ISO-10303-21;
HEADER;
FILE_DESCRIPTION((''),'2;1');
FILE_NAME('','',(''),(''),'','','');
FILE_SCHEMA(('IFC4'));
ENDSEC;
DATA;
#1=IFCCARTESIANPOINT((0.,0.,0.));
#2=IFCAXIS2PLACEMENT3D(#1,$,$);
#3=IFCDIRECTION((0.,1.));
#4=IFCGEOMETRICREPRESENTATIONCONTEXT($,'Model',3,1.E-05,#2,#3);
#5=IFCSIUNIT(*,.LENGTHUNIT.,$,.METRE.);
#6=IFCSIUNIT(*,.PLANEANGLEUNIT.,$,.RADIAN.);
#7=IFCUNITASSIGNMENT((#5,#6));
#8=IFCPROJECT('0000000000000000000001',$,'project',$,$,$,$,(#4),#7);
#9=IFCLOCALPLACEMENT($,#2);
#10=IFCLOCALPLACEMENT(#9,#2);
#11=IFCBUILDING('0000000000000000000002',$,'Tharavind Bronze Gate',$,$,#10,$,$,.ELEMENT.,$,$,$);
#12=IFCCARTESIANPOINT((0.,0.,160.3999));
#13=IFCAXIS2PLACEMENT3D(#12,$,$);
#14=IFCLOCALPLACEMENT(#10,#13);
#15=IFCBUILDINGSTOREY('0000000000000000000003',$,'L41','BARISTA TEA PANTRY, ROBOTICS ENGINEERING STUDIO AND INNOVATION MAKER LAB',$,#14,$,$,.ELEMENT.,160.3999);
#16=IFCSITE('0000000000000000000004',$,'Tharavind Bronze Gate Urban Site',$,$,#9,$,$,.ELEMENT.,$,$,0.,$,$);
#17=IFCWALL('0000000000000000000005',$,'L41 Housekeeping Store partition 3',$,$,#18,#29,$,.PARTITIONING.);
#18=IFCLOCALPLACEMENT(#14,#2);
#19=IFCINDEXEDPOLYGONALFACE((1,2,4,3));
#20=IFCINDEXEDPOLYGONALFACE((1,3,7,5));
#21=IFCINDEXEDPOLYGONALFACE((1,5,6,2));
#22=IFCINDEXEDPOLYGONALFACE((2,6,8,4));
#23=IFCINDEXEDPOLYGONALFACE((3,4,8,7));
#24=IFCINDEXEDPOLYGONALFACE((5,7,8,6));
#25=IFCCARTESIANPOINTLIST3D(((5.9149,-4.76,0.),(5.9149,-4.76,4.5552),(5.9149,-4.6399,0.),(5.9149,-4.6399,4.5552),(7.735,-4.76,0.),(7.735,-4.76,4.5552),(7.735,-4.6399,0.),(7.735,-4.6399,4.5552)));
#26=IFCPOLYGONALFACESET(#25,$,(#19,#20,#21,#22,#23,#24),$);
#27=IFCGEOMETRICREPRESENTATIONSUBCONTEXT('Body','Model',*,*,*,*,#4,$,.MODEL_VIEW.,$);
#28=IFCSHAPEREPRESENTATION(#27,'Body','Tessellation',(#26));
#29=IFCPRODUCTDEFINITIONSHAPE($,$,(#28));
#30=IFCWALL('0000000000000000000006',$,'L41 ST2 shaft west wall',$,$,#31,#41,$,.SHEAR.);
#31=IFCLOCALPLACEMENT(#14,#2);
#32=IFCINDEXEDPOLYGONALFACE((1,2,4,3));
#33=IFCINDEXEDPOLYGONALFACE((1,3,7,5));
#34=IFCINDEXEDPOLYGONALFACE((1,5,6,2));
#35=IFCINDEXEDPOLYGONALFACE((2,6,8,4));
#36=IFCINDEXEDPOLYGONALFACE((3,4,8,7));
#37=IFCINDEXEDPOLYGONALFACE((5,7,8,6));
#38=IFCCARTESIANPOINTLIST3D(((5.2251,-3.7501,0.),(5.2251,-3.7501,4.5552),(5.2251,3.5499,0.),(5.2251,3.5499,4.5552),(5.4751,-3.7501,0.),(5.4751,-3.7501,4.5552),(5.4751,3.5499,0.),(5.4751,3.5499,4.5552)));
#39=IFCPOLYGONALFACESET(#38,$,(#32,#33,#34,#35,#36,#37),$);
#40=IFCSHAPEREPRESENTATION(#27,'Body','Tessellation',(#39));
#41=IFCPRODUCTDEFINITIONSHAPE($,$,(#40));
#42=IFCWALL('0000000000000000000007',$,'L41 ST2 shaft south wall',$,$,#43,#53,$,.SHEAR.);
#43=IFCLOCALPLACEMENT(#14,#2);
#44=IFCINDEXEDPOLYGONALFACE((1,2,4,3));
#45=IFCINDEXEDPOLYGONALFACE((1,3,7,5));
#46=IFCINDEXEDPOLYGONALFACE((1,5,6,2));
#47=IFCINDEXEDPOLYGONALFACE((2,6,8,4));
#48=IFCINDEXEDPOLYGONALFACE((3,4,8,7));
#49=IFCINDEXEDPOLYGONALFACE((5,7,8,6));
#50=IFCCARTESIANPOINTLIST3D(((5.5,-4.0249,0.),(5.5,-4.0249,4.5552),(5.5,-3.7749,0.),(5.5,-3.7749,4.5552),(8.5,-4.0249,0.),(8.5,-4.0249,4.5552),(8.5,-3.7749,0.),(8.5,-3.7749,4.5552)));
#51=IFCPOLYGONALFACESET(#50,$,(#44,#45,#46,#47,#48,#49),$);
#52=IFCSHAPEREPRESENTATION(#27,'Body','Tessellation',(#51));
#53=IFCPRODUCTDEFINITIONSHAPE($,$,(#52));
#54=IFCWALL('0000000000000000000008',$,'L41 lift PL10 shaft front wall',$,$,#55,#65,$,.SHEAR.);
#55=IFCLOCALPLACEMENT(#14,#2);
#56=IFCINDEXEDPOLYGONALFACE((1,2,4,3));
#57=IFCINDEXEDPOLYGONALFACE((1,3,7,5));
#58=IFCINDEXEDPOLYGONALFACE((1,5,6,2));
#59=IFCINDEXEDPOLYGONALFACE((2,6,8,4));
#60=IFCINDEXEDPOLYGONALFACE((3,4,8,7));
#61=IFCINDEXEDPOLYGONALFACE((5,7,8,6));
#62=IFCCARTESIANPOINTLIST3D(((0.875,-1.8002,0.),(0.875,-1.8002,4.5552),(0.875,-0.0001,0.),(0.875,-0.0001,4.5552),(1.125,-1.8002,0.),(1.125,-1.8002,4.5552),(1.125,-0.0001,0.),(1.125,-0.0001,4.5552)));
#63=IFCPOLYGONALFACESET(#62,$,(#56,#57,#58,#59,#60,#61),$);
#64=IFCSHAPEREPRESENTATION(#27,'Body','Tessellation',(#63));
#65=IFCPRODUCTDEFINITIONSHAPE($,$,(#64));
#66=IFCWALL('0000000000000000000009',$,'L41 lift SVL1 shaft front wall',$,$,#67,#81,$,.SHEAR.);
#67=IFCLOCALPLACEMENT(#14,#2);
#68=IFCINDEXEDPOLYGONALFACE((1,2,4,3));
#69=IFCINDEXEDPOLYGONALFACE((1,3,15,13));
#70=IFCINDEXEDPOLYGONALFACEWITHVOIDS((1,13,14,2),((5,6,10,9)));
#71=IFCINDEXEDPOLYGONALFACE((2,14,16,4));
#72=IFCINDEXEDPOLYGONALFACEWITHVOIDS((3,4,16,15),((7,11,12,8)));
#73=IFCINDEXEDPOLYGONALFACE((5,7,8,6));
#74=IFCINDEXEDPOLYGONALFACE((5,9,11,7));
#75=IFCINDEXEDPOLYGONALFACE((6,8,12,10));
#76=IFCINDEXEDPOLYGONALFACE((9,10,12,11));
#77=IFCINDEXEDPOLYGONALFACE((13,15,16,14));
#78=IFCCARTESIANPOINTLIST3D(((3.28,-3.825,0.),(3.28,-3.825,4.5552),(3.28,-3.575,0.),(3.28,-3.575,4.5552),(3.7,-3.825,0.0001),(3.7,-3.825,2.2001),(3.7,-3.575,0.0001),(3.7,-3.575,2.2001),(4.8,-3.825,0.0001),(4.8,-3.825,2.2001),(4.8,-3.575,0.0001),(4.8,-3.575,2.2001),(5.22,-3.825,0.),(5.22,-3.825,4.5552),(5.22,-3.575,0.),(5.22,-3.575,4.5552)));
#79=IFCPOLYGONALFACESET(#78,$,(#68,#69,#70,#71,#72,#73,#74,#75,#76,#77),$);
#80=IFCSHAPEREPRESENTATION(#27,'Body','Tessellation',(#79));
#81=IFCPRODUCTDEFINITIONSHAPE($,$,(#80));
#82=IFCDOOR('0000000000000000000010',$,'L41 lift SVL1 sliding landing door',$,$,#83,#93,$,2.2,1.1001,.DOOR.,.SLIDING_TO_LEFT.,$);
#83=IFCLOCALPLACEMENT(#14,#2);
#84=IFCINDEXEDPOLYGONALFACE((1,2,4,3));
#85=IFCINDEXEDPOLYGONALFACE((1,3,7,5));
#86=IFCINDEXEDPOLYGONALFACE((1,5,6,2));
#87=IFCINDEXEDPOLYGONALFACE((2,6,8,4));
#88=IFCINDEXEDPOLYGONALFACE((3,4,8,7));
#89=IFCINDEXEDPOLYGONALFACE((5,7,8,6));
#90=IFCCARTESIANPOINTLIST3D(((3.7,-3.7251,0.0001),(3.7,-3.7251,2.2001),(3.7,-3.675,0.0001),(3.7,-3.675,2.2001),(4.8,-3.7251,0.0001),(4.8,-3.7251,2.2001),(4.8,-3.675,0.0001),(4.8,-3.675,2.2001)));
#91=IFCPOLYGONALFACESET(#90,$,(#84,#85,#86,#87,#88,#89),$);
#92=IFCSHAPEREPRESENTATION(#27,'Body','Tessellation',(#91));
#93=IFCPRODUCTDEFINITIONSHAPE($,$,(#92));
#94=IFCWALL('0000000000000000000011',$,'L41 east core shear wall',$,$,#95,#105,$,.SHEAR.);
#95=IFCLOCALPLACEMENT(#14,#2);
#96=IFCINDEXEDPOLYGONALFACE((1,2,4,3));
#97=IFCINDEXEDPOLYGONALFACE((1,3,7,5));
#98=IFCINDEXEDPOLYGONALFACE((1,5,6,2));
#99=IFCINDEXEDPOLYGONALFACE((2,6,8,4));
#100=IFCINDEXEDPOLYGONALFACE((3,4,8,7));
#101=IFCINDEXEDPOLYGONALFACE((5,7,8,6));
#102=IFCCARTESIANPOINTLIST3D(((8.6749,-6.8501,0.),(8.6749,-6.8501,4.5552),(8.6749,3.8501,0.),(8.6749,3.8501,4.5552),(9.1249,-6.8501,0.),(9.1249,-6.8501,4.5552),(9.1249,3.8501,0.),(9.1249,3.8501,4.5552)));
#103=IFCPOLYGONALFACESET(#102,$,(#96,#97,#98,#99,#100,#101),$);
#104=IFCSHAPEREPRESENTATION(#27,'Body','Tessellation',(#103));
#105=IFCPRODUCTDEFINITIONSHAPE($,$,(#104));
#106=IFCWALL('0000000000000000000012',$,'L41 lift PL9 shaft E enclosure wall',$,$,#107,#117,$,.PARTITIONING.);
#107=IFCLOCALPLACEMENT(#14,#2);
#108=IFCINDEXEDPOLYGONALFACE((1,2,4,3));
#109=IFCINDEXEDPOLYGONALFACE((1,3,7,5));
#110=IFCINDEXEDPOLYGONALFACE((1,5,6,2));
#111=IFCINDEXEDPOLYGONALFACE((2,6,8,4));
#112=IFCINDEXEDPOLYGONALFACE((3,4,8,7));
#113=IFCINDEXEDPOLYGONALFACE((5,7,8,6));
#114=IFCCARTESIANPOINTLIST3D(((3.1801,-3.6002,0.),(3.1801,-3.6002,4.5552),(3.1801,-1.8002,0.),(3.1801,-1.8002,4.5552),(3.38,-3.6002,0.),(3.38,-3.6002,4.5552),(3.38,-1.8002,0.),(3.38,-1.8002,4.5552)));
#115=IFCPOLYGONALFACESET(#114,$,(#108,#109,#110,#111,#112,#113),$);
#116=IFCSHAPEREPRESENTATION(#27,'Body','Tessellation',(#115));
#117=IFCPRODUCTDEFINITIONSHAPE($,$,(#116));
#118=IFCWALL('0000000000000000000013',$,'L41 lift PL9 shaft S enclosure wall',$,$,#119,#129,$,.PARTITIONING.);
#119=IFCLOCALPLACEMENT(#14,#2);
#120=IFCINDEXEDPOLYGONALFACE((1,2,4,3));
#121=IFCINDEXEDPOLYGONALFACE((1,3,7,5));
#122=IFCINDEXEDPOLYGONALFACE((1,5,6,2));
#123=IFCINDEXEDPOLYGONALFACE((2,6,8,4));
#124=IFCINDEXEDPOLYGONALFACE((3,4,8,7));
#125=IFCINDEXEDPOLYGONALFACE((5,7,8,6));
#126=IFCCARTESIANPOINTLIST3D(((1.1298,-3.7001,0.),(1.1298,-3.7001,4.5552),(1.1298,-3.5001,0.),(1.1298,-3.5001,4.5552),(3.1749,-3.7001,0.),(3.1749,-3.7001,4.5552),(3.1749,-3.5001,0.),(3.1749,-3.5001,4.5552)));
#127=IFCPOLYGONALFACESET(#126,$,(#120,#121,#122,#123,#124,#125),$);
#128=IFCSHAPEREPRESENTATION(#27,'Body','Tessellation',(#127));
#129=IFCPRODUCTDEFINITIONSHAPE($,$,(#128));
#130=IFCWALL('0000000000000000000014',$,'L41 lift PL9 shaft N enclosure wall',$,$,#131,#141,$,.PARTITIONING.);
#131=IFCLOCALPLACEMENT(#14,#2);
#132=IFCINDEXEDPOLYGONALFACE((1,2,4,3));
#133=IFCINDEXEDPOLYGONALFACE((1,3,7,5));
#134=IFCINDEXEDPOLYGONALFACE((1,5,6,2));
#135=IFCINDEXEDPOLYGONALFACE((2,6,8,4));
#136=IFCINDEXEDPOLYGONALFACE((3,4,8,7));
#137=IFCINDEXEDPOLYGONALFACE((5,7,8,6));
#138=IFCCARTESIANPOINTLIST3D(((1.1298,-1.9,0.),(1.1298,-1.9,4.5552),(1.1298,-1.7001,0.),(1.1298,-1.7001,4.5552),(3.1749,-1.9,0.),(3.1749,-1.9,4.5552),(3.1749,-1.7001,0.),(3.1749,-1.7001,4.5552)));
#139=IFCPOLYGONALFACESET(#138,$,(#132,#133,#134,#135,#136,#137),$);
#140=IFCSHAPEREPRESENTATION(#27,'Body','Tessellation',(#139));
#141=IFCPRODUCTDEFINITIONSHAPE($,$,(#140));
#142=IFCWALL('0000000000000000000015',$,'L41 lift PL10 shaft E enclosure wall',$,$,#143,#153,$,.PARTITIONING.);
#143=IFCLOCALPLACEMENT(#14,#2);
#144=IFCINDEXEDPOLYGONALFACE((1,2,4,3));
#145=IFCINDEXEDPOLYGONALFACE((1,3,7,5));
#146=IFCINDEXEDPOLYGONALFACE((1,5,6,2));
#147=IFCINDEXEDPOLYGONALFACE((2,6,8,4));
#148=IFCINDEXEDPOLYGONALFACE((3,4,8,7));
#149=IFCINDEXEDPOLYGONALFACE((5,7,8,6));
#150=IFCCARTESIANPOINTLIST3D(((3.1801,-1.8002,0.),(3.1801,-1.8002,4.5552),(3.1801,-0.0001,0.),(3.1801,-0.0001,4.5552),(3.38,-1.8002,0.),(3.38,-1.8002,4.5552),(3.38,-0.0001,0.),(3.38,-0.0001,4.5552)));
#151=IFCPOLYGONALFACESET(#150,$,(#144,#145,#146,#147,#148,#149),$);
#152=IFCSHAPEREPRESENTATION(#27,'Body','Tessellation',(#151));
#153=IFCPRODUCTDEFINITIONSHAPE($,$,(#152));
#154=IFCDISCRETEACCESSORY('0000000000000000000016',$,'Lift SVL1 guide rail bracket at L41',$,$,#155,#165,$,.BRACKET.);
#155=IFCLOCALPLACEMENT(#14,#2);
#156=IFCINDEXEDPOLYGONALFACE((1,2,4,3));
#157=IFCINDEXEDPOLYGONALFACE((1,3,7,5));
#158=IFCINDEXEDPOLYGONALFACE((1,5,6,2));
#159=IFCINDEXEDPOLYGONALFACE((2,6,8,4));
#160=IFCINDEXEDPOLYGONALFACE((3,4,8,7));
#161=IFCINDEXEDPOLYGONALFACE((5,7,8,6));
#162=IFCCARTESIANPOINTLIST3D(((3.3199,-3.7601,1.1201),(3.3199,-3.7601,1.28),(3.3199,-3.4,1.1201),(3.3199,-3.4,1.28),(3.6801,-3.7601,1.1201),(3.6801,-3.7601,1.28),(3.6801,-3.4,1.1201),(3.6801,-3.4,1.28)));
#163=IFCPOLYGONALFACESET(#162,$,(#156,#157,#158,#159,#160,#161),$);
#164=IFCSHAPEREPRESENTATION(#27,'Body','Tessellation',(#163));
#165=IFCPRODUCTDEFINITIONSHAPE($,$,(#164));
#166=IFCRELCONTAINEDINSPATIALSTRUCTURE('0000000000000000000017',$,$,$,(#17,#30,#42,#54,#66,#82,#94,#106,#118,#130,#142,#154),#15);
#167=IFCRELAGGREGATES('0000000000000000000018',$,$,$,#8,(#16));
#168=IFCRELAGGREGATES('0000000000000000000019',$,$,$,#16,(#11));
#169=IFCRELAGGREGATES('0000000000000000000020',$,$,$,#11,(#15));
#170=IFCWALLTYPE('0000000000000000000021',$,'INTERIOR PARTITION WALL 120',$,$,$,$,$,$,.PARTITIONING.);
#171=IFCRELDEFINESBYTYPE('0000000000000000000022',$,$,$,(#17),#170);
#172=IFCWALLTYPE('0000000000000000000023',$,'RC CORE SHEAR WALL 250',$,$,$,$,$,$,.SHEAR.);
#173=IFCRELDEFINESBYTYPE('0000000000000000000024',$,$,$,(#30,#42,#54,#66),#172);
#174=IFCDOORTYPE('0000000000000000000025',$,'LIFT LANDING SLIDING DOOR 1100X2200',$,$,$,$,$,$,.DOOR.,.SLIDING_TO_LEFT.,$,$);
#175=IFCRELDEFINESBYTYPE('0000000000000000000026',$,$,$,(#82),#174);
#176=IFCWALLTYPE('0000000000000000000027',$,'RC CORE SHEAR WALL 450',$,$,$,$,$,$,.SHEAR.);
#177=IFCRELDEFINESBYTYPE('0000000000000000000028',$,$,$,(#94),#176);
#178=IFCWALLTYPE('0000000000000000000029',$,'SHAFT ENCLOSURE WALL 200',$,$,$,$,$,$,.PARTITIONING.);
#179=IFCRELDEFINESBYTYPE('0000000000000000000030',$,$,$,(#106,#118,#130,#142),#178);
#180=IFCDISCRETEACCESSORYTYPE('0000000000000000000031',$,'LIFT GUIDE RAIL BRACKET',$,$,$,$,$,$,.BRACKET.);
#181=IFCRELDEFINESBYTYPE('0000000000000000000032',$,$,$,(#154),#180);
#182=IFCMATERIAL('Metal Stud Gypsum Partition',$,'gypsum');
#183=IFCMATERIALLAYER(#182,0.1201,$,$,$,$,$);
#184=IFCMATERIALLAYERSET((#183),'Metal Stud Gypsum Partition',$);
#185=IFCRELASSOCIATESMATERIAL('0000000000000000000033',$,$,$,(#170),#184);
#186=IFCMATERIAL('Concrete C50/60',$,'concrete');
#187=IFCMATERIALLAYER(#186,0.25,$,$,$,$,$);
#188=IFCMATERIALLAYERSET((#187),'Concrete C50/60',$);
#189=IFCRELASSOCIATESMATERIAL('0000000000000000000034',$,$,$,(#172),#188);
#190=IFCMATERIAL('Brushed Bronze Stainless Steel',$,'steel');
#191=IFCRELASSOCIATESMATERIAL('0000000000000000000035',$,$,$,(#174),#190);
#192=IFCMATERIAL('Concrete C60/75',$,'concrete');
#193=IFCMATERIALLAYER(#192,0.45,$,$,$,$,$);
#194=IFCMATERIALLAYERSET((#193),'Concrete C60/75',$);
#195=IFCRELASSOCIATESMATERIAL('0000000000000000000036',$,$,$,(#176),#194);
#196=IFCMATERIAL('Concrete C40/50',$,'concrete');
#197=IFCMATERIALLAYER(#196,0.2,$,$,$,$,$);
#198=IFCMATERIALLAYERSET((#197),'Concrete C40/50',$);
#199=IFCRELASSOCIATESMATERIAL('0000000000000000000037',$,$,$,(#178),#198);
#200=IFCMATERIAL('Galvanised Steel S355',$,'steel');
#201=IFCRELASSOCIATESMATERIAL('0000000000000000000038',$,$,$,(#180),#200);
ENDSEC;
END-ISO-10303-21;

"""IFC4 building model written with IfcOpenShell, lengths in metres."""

from ifc_helpers import new_model, si_unit, direction, frame, frame_2d, origin, origin_2d, place, context, subcontext, project, spatial, rectangle, extrude, material, layer, layer_set, type_object, element, fill, save


model = new_model("IFC4")

# Units and contexts
model_context = context("Model", 3, precision=1e-05, world=origin(), true_north=direction((0.0, 1.0)))
body_context = subcontext(model_context, "Body", "Model", "MODEL_VIEW")
ifc_project = project(units=[si_unit("LENGTHUNIT", "METRE"), si_unit("PLANEANGLEUNIT", "RADIAN")], contexts=[model_context])

# Site, building, storey
site_placement = place(None, origin())
site = spatial("IfcSite", under=ifc_project, at=site_placement, Name="Tharavind Bronze Gate Urban Site", CompositionType="ELEMENT", RefElevation=0.0)
building_placement = place(site_placement, origin())
building = spatial("IfcBuilding", under=site, at=building_placement, Name="Tharavind Bronze Gate", CompositionType="ELEMENT")
storey_placement = place(building_placement, frame((0.0, 0.0, 160.3999)))
storey = spatial("IfcBuildingStorey", under=building, at=storey_placement, Name="L41", Description="BARISTA TEA PANTRY, ROBOTICS ENGINEERING STUDIO AND INNOVATION MAKER LAB", CompositionType="ELEMENT", Elevation=160.3999)

# Shared definitions
ifc_material_1 = material(Name="Concrete C60/75", Category="concrete")

# Walls
ifc_material_2 = material(Name="Metal Stud Gypsum Partition", Category="gypsum")
ifc_layer_1 = layer(ifc_material_2, 0.1201)
ifc_layer_set_1 = layer_set([ifc_layer_1], Name="Metal Stud Gypsum Partition")
wall_type_1 = type_object("IfcWallType", Name="INTERIOR PARTITION WALL 120", PredefinedType="PARTITIONING", material=ifc_layer_set_1)
wall_1_placement = place(storey_placement, frame((7.7351, -4.7, 0.0), z_axis=(0.0, 0.0, 1.0), x_axis=(-1.0, 0.0, 0.0)))
element("IfcWall", 1, at=wall_1_placement, inside=storey, type_object=wall_type_1, Name="L41 Housekeeping Store partition 3", PredefinedType="PARTITIONING", context=body_context, shape_type="SweptSolid", body=[
    extrude(rectangle(XDim=1.8201, YDim=0.1201, at=frame_2d((0.9102, 0.0))), origin(), (0.0, 0.0, 1.0), 4.5552),
])
ifc_material_3 = material(Name="Concrete C50/60", Category="concrete")
ifc_layer_2 = layer(ifc_material_3, 0.25)
ifc_layer_set_2 = layer_set([ifc_layer_2], Name="Concrete C50/60")
wall_type_2 = type_object("IfcWallType", Name="RC CORE SHEAR WALL 250", PredefinedType="SHEAR", material=ifc_layer_set_2)
wall_2_placement = place(storey_placement, frame((5.3501, -3.75, 0.0), z_axis=(0.0, 0.0, 1.0), x_axis=(0.0, 1.0, 0.0)))
element("IfcWall", 2, at=wall_2_placement, inside=storey, type_object=wall_type_2, Name="L41 ST2 shaft west wall", PredefinedType="SHEAR", context=body_context, shape_type="SweptSolid", body=[
    extrude(rectangle(XDim=7.3, YDim=0.25, at=frame_2d((3.6499, 0.0))), origin(), (0.0, 0.0, 1.0), 4.5552),
])
wall_3_placement = place(storey_placement, frame((5.5, -3.8999, 0.0), z_axis=(0.0, 0.0, 1.0), x_axis=(1.0, 0.0, 0.0)))
element("IfcWall", 3, at=wall_3_placement, inside=storey, type_object=wall_type_2, Name="L41 ST2 shaft south wall", PredefinedType="SHEAR", context=body_context, shape_type="SweptSolid", body=[
    extrude(rectangle(XDim=3.0, YDim=0.25, at=frame_2d((1.5, 0.0))), origin(), (0.0, 0.0, 1.0), 4.5552),
])
wall_4_placement = place(storey_placement, frame((1.0, -1.8, 0.0), z_axis=(0.0, 0.0, 1.0), x_axis=(0.0, 1.0, 0.0)))
element("IfcWall", 4, at=wall_4_placement, inside=storey, type_object=wall_type_2, Name="L41 lift PL10 shaft front wall", PredefinedType="SHEAR", context=body_context, shape_type="SweptSolid", body=[
    extrude(rectangle(XDim=1.8, YDim=0.25, at=frame_2d((0.8999, 0.0))), origin(), (0.0, 0.0, 1.0), 4.5552),
])

# Wall, opening, door
wall_5_placement = place(storey_placement, frame((3.28, -3.7, 0.0), z_axis=(0.0, 0.0, 1.0), x_axis=(1.0, 0.0, 0.0)))
wall_5 = element("IfcWall", 5, at=wall_5_placement, inside=storey, type_object=wall_type_2, Name="L41 lift SVL1 shaft front wall", PredefinedType="SHEAR", context=body_context, shape_type="SweptSolid", body=[
    extrude(rectangle(XDim=1.9399, YDim=0.25, at=frame_2d((0.97, 0.0))), origin(), (0.0, 0.0, 1.0), 4.5552),
])
opening_1_placement = place(wall_5_placement, frame((0.4199, 0.0, 0.0)))
opening_1 = element("IfcOpeningElement", 6, at=opening_1_placement, cuts=wall_5, PredefinedType="OPENING", context=body_context, shape_type="SweptSolid", body=[
    extrude(rectangle(XDim=1.1001, YDim=2.2, at=frame_2d((0.55, 1.1001))), frame((0.0, 0.135, 0.0), z_axis=(0.0, -1.0, 0.0), x_axis=(1.0, 0.0, 0.0)), (0.0, 0.0, 1.0), 0.27),
])
ifc_material_4 = material(Name="Brushed Bronze Stainless Steel", Category="steel")
door_type_1 = type_object("IfcDoorType", Name="LIFT LANDING SLIDING DOOR 1100X2200", OperationType="SLIDING_TO_LEFT", PredefinedType="DOOR", material=ifc_material_4)
door_1_placement = place(opening_1_placement, origin())
door_1 = element("IfcDoor", 7, at=door_1_placement, inside=storey, type_object=door_type_1, Name="L41 lift SVL1 sliding landing door", OperationType="SLIDING_TO_LEFT", OverallHeight=2.2, OverallWidth=1.1001, PredefinedType="DOOR", context=body_context, shape_type="SweptSolid", body=[
    extrude(rectangle(XDim=1.1001, YDim=2.2, at=frame_2d((0.55, 1.1001))), frame((0.0, 0.0249, 0.0), z_axis=(0.0, -1.0, 0.0), x_axis=(1.0, 0.0, 0.0)), (0.0, 0.0, 1.0), 0.05),
])
fill(opening_1, door_1)

# Walls
ifc_layer_3 = layer(ifc_material_1, 0.45)
ifc_layer_set_3 = layer_set([ifc_layer_3], Name="Concrete C60/75")
wall_type_3 = type_object("IfcWallType", Name="RC CORE SHEAR WALL 450", PredefinedType="SHEAR", material=ifc_layer_set_3)
wall_6_placement = place(storey_placement, frame((8.8999, -6.8501, 0.0), z_axis=(0.0, 0.0, 1.0), x_axis=(0.0, 1.0, 0.0)))
element("IfcWall", 8, at=wall_6_placement, inside=storey, type_object=wall_type_3, Name="L41 east core shear wall", PredefinedType="SHEAR", context=body_context, shape_type="SweptSolid", body=[
    extrude(rectangle(XDim=10.7002, YDim=0.45, at=frame_2d((5.3501, 0.0))), origin(), (0.0, 0.0, 1.0), 4.5552),
])
ifc_material_5 = material(Name="Concrete C40/50", Category="concrete")
ifc_layer_4 = layer(ifc_material_5, 0.2)
ifc_layer_set_4 = layer_set([ifc_layer_4], Name="Concrete C40/50")
wall_type_4 = type_object("IfcWallType", Name="SHAFT ENCLOSURE WALL 200", PredefinedType="PARTITIONING", material=ifc_layer_set_4)
wall_7_placement = place(storey_placement, frame((3.28, -3.6001, 0.0), z_axis=(0.0, 0.0, 1.0), x_axis=(0.0, 1.0, 0.0)))
element("IfcWall", 9, at=wall_7_placement, inside=storey, type_object=wall_type_4, Name="L41 lift PL9 shaft E enclosure wall", PredefinedType="PARTITIONING", context=body_context, shape_type="SweptSolid", body=[
    extrude(rectangle(XDim=1.8, YDim=0.2, at=frame_2d((0.8999, 0.0))), origin(), (0.0, 0.0, 1.0), 4.5552),
])
for number, where, z_axis, x_axis, name in (
    (10, (1.1299, -3.6001, 0.0), (0.0, 0.0, 1.0), (1.0, 0.0, 0.0), "L41 lift PL9 shaft S enclosure wall"),
    (11, (1.1299, -1.8, 0.0), (0.0, 0.0, 1.0), (1.0, 0.0, 0.0), "L41 lift PL9 shaft N enclosure wall"),
):
    element("IfcWall", number, at=place(storey_placement, frame(where, z_axis=z_axis, x_axis=x_axis)), inside=storey, type_object=wall_type_4, Name=name, PredefinedType="PARTITIONING", context=body_context, shape_type="SweptSolid", body=[
        extrude(rectangle(XDim=2.0452, YDim=0.2, at=frame_2d((1.0225, 0.0))), origin(), (0.0, 0.0, 1.0), 4.5552),
    ])
wall_8_placement = place(storey_placement, frame((3.28, -1.8, 0.0), z_axis=(0.0, 0.0, 1.0), x_axis=(0.0, 1.0, 0.0)))
element("IfcWall", 12, at=wall_8_placement, inside=storey, type_object=wall_type_4, Name="L41 lift PL10 shaft E enclosure wall", PredefinedType="PARTITIONING", context=body_context, shape_type="SweptSolid", body=[
    extrude(rectangle(XDim=1.8, YDim=0.2, at=frame_2d((0.8999, 0.0))), origin(), (0.0, 0.0, 1.0), 4.5552),
])

# Discrete accessory
ifc_material_6 = material(Name="Galvanised Steel S355", Category="steel")
discrete_accessory_type = type_object("IfcDiscreteAccessoryType", Name="LIFT GUIDE RAIL BRACKET", PredefinedType="BRACKET", material=ifc_material_6)
discrete_accessory_placement = place(storey_placement, frame((3.5, -3.5801, 1.1201), z_axis=(0.0, 0.0, 1.0), x_axis=(1.0, 0.0, 0.0)))
element("IfcDiscreteAccessory", 13, at=discrete_accessory_placement, inside=storey, type_object=discrete_accessory_type, Name="Lift SVL1 guide rail bracket at L41", PredefinedType="BRACKET", context=body_context, shape_type="SweptSolid", body=[
    extrude(rectangle(XDim=0.3601, YDim=0.3601, at=origin_2d()), origin(), (0.0, 0.0, 1.0), 0.1599),
])

save(model, "model.ifc")
